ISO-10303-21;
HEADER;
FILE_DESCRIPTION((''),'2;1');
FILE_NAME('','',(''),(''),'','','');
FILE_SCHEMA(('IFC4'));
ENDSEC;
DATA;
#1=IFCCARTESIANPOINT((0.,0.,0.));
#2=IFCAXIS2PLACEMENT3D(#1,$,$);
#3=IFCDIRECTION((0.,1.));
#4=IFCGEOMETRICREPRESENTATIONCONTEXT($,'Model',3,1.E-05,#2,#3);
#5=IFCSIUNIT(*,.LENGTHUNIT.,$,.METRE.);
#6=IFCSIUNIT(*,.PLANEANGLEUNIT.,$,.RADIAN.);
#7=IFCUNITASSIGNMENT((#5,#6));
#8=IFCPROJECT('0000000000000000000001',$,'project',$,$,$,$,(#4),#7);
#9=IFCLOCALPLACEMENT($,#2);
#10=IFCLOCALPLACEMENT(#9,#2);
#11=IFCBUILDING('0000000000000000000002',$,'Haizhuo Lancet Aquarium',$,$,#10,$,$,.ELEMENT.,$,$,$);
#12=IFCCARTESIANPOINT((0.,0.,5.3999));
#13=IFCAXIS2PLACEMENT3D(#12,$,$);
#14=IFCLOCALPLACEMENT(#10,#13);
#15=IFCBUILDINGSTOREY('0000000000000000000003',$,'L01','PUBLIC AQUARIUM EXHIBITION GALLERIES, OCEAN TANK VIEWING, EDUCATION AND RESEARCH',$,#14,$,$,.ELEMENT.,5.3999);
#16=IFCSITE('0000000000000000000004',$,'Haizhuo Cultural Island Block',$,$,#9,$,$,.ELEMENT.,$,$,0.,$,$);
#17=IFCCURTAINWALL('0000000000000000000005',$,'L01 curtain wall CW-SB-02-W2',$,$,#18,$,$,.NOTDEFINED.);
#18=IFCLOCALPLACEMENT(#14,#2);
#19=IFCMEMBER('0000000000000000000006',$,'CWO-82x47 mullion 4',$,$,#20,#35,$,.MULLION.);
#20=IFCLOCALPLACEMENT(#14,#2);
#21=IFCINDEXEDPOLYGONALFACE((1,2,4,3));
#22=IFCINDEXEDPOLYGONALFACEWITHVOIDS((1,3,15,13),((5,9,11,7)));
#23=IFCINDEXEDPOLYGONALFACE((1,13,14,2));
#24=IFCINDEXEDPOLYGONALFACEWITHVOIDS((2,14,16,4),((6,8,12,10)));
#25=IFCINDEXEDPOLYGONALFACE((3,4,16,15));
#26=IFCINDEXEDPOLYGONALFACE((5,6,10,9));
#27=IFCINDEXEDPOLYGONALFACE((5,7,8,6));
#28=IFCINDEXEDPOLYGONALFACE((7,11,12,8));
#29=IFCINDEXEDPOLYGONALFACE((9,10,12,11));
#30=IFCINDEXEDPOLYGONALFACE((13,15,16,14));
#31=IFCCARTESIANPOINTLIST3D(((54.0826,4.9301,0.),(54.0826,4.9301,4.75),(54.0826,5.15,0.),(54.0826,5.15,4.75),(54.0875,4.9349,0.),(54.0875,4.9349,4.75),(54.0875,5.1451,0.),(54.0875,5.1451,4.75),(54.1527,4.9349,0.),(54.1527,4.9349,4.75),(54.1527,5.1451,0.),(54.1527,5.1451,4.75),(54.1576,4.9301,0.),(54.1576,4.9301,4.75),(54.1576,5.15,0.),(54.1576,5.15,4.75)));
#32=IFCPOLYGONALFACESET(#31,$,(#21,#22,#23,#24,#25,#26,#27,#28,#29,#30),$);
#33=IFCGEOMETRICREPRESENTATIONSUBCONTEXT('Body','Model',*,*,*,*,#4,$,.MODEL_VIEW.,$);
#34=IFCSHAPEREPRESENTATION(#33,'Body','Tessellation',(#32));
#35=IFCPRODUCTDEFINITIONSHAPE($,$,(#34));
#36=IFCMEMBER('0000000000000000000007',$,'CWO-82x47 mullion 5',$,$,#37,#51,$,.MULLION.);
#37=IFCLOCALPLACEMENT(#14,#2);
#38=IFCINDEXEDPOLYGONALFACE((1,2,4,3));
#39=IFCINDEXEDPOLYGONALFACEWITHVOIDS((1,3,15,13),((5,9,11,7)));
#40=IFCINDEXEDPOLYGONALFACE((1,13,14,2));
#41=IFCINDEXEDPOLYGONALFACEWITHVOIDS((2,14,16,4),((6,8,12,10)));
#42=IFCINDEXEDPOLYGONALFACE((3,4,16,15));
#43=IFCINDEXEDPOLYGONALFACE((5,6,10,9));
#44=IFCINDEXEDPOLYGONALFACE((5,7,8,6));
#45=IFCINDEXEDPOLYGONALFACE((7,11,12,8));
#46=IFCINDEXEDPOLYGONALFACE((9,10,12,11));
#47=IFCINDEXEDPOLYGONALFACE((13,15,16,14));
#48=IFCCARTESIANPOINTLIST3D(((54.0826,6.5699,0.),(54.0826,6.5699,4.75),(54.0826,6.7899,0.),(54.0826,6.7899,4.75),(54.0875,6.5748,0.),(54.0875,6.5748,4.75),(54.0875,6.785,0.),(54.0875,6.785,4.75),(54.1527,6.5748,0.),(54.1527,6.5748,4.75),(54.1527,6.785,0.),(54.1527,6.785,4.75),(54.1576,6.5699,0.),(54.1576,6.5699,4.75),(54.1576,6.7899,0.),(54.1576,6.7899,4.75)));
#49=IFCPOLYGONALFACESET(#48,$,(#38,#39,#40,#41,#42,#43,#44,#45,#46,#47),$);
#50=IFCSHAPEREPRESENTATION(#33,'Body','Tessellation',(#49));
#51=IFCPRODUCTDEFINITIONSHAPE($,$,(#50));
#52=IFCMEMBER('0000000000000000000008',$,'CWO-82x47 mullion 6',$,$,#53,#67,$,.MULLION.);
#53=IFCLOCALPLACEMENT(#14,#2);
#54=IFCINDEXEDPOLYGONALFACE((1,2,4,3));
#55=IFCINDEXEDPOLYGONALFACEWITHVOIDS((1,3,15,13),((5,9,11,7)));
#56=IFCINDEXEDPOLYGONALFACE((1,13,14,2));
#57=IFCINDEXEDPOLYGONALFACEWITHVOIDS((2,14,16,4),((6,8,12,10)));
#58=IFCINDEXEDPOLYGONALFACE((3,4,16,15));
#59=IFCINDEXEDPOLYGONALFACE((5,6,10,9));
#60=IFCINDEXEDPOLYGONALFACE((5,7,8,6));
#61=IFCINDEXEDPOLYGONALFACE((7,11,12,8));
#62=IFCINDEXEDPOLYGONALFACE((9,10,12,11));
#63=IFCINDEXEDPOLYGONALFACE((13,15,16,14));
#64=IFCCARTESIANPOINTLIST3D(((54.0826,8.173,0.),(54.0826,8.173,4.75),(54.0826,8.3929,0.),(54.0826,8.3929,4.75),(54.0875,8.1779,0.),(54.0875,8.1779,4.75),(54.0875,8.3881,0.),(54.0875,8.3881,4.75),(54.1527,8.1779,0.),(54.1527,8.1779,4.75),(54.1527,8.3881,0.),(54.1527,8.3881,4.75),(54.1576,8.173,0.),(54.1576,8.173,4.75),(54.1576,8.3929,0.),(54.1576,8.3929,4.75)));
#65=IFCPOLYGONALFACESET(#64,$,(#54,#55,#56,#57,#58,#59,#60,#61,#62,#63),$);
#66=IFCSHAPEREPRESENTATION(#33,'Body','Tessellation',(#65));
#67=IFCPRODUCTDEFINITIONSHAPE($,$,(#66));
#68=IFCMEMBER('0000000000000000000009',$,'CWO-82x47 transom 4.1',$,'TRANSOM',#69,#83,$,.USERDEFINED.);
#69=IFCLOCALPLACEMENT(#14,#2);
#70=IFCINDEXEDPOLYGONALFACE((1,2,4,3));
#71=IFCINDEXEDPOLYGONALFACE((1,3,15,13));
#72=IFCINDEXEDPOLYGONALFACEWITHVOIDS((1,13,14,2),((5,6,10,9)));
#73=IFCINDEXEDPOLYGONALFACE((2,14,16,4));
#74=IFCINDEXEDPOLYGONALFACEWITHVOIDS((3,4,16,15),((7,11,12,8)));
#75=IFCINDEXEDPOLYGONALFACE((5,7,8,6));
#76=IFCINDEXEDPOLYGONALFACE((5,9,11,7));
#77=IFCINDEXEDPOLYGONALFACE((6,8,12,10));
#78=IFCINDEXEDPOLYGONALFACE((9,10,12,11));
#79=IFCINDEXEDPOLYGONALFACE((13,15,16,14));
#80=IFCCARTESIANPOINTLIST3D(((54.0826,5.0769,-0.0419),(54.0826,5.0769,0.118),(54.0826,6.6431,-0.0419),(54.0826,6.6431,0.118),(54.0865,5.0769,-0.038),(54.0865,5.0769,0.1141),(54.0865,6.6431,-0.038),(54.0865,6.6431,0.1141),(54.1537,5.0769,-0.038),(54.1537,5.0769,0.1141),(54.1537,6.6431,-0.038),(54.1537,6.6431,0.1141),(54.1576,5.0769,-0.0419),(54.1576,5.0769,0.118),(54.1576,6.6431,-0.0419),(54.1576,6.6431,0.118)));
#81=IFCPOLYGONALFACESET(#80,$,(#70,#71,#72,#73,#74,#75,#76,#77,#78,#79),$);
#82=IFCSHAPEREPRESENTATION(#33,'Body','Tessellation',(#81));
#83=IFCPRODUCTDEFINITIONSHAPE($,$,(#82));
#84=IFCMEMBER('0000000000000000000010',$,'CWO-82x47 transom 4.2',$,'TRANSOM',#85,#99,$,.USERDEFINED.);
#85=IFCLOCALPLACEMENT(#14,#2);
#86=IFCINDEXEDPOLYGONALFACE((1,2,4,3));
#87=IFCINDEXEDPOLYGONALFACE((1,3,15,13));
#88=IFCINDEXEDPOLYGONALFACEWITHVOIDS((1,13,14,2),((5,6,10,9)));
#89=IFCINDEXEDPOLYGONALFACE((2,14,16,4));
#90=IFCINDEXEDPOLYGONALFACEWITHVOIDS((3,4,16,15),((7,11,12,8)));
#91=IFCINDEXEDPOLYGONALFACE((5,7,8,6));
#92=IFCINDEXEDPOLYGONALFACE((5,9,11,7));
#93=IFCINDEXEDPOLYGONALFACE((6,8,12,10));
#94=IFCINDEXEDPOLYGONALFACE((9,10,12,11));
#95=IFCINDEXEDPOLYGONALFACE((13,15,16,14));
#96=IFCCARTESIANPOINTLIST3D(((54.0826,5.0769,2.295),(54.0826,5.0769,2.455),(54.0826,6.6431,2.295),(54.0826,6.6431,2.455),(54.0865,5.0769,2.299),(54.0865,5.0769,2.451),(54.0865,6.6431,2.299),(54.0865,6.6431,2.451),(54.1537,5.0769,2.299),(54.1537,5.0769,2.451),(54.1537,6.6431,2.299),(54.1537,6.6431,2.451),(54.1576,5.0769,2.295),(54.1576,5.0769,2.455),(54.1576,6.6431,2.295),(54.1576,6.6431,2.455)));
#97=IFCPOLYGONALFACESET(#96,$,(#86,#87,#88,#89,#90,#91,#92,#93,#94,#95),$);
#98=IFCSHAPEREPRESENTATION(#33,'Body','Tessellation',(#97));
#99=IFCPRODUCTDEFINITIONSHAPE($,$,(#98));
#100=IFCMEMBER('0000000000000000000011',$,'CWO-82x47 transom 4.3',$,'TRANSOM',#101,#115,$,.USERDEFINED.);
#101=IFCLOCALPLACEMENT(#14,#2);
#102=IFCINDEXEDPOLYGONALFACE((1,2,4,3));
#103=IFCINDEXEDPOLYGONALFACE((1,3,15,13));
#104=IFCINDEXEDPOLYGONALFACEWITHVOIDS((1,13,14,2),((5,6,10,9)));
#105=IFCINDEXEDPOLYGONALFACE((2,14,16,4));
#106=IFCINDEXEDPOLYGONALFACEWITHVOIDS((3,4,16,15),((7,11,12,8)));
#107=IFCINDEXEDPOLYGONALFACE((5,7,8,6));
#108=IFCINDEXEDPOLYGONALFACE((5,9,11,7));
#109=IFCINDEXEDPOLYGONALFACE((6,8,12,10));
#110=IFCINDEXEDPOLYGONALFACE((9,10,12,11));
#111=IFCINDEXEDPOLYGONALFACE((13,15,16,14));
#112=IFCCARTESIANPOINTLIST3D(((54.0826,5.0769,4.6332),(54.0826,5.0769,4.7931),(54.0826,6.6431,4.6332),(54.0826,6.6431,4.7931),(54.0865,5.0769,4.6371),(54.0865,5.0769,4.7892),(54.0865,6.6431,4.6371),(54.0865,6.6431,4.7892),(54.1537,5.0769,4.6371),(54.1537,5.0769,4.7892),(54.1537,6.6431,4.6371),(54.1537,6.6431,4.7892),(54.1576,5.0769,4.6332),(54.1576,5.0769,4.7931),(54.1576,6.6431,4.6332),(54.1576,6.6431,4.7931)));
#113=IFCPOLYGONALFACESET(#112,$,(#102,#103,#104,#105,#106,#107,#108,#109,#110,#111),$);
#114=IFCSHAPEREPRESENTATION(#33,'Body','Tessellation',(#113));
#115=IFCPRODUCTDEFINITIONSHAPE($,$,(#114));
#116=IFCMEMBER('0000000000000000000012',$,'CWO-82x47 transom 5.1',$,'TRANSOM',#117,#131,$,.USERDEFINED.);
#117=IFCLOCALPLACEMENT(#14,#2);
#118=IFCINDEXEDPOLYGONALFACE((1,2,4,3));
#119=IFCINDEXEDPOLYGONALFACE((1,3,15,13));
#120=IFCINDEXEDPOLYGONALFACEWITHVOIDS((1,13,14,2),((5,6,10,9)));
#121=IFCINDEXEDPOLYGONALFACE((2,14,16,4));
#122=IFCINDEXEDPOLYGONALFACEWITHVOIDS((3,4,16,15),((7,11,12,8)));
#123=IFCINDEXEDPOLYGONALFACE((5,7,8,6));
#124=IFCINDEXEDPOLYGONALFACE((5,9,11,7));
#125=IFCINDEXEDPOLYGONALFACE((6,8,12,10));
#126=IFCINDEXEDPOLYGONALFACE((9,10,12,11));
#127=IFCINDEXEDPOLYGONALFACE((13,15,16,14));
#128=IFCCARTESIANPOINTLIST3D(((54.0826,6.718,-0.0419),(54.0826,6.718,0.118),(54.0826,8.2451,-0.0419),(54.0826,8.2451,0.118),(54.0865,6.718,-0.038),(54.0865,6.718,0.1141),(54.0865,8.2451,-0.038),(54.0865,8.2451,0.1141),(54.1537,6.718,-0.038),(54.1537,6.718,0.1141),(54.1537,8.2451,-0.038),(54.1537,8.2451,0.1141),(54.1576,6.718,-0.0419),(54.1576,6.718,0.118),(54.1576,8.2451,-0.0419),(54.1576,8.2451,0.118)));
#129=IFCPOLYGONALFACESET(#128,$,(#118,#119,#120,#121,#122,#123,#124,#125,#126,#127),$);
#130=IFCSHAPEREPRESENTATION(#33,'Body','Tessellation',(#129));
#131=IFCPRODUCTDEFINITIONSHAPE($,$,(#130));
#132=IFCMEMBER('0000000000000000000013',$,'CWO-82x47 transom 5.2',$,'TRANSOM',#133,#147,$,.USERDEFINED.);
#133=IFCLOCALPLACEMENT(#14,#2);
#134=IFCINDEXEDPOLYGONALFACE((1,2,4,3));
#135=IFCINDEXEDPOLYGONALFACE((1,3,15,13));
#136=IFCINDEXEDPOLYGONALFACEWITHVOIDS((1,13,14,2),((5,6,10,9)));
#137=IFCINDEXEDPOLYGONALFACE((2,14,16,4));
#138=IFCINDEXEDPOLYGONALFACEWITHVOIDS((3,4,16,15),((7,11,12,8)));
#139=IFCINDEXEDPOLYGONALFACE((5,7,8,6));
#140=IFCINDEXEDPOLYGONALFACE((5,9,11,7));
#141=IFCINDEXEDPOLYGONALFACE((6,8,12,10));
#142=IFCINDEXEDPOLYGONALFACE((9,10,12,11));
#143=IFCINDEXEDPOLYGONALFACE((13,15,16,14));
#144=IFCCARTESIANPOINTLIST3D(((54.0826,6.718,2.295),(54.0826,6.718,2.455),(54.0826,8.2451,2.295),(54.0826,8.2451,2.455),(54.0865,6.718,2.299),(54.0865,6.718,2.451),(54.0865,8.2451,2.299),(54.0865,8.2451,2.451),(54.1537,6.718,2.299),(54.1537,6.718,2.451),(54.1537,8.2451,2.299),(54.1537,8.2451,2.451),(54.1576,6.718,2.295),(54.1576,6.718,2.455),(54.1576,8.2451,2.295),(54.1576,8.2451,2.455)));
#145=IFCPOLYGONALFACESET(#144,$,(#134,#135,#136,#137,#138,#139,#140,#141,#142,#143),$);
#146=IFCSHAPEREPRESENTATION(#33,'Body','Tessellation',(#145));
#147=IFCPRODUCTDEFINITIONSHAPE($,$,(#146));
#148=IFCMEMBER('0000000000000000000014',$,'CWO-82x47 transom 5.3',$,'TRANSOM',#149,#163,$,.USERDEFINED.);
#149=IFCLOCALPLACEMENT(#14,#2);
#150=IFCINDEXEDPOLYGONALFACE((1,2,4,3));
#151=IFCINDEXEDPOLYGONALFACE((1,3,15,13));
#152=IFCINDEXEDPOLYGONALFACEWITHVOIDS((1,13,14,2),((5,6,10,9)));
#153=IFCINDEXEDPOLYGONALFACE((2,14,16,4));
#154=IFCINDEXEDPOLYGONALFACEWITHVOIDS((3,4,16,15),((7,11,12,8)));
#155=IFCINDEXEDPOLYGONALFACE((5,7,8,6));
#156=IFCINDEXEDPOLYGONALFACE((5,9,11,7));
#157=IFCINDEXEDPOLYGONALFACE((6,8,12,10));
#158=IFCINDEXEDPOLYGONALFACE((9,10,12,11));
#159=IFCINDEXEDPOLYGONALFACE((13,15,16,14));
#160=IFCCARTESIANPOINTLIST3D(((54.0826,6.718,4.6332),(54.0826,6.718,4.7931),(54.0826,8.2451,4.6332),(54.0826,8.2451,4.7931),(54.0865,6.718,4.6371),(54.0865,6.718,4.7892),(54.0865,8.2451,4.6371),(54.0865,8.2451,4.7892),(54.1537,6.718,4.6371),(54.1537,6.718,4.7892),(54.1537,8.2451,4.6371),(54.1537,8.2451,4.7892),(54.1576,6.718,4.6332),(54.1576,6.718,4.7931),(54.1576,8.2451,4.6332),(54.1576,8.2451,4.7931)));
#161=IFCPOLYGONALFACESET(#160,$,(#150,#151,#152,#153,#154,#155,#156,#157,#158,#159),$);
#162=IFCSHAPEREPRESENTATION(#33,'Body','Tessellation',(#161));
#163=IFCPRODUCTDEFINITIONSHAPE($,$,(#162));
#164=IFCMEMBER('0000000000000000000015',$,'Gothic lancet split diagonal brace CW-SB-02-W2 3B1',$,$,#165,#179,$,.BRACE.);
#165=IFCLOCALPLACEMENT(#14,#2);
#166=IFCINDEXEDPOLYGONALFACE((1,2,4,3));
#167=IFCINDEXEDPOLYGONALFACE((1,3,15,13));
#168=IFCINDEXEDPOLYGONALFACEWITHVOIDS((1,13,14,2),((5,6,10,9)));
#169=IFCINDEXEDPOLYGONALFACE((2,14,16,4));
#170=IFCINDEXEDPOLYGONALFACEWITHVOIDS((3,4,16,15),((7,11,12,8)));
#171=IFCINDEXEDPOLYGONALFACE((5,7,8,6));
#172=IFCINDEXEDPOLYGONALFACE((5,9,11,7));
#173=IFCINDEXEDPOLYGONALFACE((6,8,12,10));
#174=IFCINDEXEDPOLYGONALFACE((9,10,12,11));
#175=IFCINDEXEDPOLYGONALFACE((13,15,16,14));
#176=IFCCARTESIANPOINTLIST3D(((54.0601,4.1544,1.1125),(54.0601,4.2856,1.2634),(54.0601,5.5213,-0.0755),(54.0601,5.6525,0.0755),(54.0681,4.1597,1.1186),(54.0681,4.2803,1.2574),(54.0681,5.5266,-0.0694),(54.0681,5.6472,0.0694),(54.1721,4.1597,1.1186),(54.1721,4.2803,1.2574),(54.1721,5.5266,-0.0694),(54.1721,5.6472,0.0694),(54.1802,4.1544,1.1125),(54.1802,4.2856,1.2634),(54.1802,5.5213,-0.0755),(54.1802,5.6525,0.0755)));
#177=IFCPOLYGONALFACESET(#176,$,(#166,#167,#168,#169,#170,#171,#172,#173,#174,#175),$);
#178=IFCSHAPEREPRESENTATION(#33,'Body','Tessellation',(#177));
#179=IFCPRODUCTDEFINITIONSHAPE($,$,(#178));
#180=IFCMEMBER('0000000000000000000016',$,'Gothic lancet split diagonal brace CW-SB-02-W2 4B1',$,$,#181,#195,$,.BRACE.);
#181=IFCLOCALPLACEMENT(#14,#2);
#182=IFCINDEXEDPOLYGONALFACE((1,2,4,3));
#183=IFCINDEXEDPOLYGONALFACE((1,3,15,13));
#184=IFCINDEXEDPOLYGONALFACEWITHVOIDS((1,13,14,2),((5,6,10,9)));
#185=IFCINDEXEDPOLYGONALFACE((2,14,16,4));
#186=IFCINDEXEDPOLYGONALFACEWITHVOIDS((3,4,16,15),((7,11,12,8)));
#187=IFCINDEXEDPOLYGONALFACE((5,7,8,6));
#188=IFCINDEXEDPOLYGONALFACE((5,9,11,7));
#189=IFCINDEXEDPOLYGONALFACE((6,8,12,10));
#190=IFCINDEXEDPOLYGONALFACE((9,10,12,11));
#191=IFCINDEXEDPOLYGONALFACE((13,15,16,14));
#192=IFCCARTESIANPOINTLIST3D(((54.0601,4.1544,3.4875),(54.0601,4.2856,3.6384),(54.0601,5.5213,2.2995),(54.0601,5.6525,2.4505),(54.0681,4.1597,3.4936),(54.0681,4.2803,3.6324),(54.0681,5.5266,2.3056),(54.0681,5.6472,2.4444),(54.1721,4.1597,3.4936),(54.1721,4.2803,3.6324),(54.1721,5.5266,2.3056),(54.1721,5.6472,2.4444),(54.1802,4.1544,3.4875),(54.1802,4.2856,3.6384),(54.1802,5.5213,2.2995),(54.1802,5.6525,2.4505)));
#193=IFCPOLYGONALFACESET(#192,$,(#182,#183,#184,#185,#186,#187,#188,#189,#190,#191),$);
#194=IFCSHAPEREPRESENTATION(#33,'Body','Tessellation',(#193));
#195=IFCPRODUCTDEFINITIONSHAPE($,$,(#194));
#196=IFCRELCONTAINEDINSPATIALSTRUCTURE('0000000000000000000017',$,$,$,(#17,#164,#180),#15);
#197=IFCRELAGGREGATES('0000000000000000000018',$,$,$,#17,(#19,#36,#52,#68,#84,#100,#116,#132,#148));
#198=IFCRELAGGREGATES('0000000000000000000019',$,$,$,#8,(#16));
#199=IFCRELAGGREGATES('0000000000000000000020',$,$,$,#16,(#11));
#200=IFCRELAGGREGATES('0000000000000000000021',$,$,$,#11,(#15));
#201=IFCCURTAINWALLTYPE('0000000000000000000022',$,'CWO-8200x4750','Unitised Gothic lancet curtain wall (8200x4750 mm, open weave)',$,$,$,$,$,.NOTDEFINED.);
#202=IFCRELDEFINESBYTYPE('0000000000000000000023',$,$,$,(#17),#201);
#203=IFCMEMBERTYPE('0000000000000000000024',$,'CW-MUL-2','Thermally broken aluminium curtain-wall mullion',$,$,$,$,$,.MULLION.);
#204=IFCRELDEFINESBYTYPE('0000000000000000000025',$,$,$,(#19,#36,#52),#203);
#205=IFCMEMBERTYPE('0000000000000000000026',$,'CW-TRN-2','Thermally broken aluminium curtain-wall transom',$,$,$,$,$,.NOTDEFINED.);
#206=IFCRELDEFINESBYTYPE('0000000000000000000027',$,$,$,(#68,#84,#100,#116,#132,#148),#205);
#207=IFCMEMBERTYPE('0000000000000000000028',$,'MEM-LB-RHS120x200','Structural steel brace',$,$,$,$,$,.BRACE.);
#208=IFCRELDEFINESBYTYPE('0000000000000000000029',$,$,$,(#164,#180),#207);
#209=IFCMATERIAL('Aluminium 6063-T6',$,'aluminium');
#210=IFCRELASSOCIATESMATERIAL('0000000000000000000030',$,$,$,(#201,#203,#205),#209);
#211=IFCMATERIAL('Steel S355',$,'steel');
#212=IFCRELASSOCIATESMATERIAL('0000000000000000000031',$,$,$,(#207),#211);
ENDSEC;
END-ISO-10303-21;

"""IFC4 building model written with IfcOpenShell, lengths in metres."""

from ifc_helpers import new_model, si_unit, direction, frame, origin, origin_2d, place, context, subcontext, project, spatial, hollow_rectangle, extrude, material, material_profile, profile_set, type_object, element, aggregate, save


model = new_model("IFC4")

# Units and contexts
model_context = context("Model", 3, precision=1e-05, world=origin(), true_north=direction((0.0, 1.0)))
body_context = subcontext(model_context, "Body", "Model", "MODEL_VIEW")
ifc_project = project(units=[si_unit("LENGTHUNIT", "METRE"), si_unit("PLANEANGLEUNIT", "RADIAN")], contexts=[model_context])

# Site, building, storey
site_placement = place(None, origin())
site = spatial("IfcSite", under=ifc_project, at=site_placement, Name="Haizhuo Cultural Island Block", CompositionType="ELEMENT", RefElevation=0.0)
building_placement = place(site_placement, origin())
building = spatial("IfcBuilding", under=site, at=building_placement, Name="Haizhuo Lancet Aquarium", CompositionType="ELEMENT")
storey_placement = place(building_placement, frame((0.0, 0.0, 5.3999)))
storey = spatial("IfcBuildingStorey", under=building, at=storey_placement, Name="L01", Description="PUBLIC AQUARIUM EXHIBITION GALLERIES, OCEAN TANK VIEWING, EDUCATION AND RESEARCH", CompositionType="ELEMENT", Elevation=5.3999)

# Curtain wall, members
ifc_material_1 = material(Name="Aluminium 6063-T6", Category="aluminium")
curtain_wall_type = type_object("IfcCurtainWallType", Name="CWO-8200x4750", Description="Unitised Gothic lancet curtain wall (8200x4750 mm, open weave)", PredefinedType="NOTDEFINED", material=ifc_material_1)
curtain_wall_placement = place(storey_placement, origin())
curtain_wall = element("IfcCurtainWall", 1, at=curtain_wall_placement, inside=storey, type_object=curtain_wall_type, Name="L01 curtain wall CW-SB-02-W2", PredefinedType="NOTDEFINED")
ifc_material_profile_1 = material_profile(ifc_material_1, hollow_rectangle(XDim=0.075, YDim=0.22, WallThickness=0.0049, at=origin_2d()), Name="ALU-M 75x220x5")
ifc_profile_set_1 = profile_set([ifc_material_profile_1], Name="Aluminium 6063-T6")
member_type_1 = type_object("IfcMemberType", Name="CW-MUL-2", Description="Thermally broken aluminium curtain-wall mullion", PredefinedType="MULLION", material=ifc_profile_set_1)
member_1_placement = place(storey_placement, frame((54.1201, 5.04, 0.0), z_axis=(0.0, 0.0, 1.0), x_axis=(-1.0, 0.0, 0.0)))
member_1 = element("IfcMember", 2, at=member_1_placement, type_object=member_type_1, Name="CWO-82x47 mullion 4", PredefinedType="MULLION", context=body_context, shape_type="SweptSolid", body=[
    extrude(hollow_rectangle(XDim=0.075, YDim=0.22, WallThickness=0.0049, at=origin_2d()), origin(), (0.0, 0.0, 1.0), 4.75),
])
member_2_placement = place(storey_placement, frame((54.1201, 6.6799, 0.0), z_axis=(0.0, 0.0, 1.0), x_axis=(-1.0, 0.0, 0.0)))
member_2 = element("IfcMember", 3, at=member_2_placement, type_object=member_type_1, Name="CWO-82x47 mullion 5", PredefinedType="MULLION", context=body_context, shape_type="SweptSolid", body=[
    extrude(hollow_rectangle(XDim=0.075, YDim=0.22, WallThickness=0.0049, at=origin_2d()), origin(), (0.0, 0.0, 1.0), 4.75),
])
member_3_placement = place(storey_placement, frame((54.1201, 8.283, 0.0), z_axis=(0.0, 0.0, 1.0), x_axis=(-1.0, 0.0, 0.0)))
member_3 = element("IfcMember", 4, at=member_3_placement, type_object=member_type_1, Name="CWO-82x47 mullion 6", PredefinedType="MULLION", context=body_context, shape_type="SweptSolid", body=[
    extrude(hollow_rectangle(XDim=0.075, YDim=0.22, WallThickness=0.0049, at=origin_2d()), origin(), (0.0, 0.0, 1.0), 4.75),
])
ifc_material_profile_2 = material_profile(ifc_material_1, hollow_rectangle(XDim=0.075, YDim=0.1599, WallThickness=0.0039, at=origin_2d()), Name="ALU-T 75x160x4")
ifc_profile_set_2 = profile_set([ifc_material_profile_2], Name="Aluminium 6063-T6")
member_type_2 = type_object("IfcMemberType", Name="CW-TRN-2", Description="Thermally broken aluminium curtain-wall transom", PredefinedType="NOTDEFINED", material=ifc_profile_set_2)
member_4_placement = place(storey_placement, frame((54.1201, 5.0769, 0.0381), z_axis=(0.0, 1.0, 0.0), x_axis=(-1.0, 0.0, 0.0)))
member_4 = element("IfcMember", 5, at=member_4_placement, type_object=member_type_2, Name="CWO-82x47 transom 4.1", ObjectType="TRANSOM", PredefinedType="USERDEFINED", context=body_context, shape_type="SweptSolid", body=[
    extrude(hollow_rectangle(XDim=0.075, YDim=0.1599, WallThickness=0.0039, at=origin_2d()), origin(), (0.0, 0.0, 1.0), 1.5662),
])
member_5_placement = place(storey_placement, frame((54.1201, 5.0769, 2.375), z_axis=(0.0, 1.0, 0.0), x_axis=(-1.0, 0.0, 0.0)))
member_5 = element("IfcMember", 6, at=member_5_placement, type_object=member_type_2, Name="CWO-82x47 transom 4.2", ObjectType="TRANSOM", PredefinedType="USERDEFINED", context=body_context, shape_type="SweptSolid", body=[
    extrude(hollow_rectangle(XDim=0.075, YDim=0.1599, WallThickness=0.0039, at=origin_2d()), origin(), (0.0, 0.0, 1.0), 1.5662),
])
member_6_placement = place(storey_placement, frame((54.1201, 5.0769, 4.7131), z_axis=(0.0, 1.0, 0.0), x_axis=(-1.0, 0.0, 0.0)))
member_6 = element("IfcMember", 7, at=member_6_placement, type_object=member_type_2, Name="CWO-82x47 transom 4.3", ObjectType="TRANSOM", PredefinedType="USERDEFINED", context=body_context, shape_type="SweptSolid", body=[
    extrude(hollow_rectangle(XDim=0.075, YDim=0.1599, WallThickness=0.0039, at=origin_2d()), origin(), (0.0, 0.0, 1.0), 1.5662),
])
member_7_placement = place(storey_placement, frame((54.1201, 6.718, 0.0381), z_axis=(0.0, 1.0, 0.0), x_axis=(-1.0, 0.0, 0.0)))
member_7 = element("IfcMember", 8, at=member_7_placement, type_object=member_type_2, Name="CWO-82x47 transom 5.1", ObjectType="TRANSOM", PredefinedType="USERDEFINED", context=body_context, shape_type="SweptSolid", body=[
    extrude(hollow_rectangle(XDim=0.075, YDim=0.1599, WallThickness=0.0039, at=origin_2d()), origin(), (0.0, 0.0, 1.0), 1.5271),
])
member_8_placement = place(storey_placement, frame((54.1201, 6.718, 2.375), z_axis=(0.0, 1.0, 0.0), x_axis=(-1.0, 0.0, 0.0)))
member_8 = element("IfcMember", 9, at=member_8_placement, type_object=member_type_2, Name="CWO-82x47 transom 5.2", ObjectType="TRANSOM", PredefinedType="USERDEFINED", context=body_context, shape_type="SweptSolid", body=[
    extrude(hollow_rectangle(XDim=0.075, YDim=0.1599, WallThickness=0.0039, at=origin_2d()), origin(), (0.0, 0.0, 1.0), 1.5271),
])
member_9_placement = place(storey_placement, frame((54.1201, 6.718, 4.7131), z_axis=(0.0, 1.0, 0.0), x_axis=(-1.0, 0.0, 0.0)))
member_9 = element("IfcMember", 10, at=member_9_placement, type_object=member_type_2, Name="CWO-82x47 transom 5.3", ObjectType="TRANSOM", PredefinedType="USERDEFINED", context=body_context, shape_type="SweptSolid", body=[
    extrude(hollow_rectangle(XDim=0.075, YDim=0.1599, WallThickness=0.0039, at=origin_2d()), origin(), (0.0, 0.0, 1.0), 1.5271),
])

# Members
ifc_material_2 = material(Name="Steel S355", Category="steel")
ifc_material_profile_3 = material_profile(ifc_material_2, hollow_rectangle(XDim=0.1201, YDim=0.2, WallThickness=0.0081, at=origin_2d()), Name="RHS 120x200x8")
ifc_profile_set_3 = profile_set([ifc_material_profile_3], Name="Steel S355")
member_type_3 = type_object("IfcMemberType", Name="MEM-LB-RHS120x200", Description="Structural steel brace", PredefinedType="BRACE", material=ifc_profile_set_3)
for number, where, z_axis, x_axis, name in (
    (11, (54.1201, 5.5869, 0.0), (0.0, -0.754785, 0.655972), (1.0, 0.0, 0.0), "Gothic lancet split diagonal brace CW-SB-02-W2 3B1"),
    (12, (54.1201, 5.5869, 2.375), (0.0, -0.754785, 0.655972), (1.0, 0.0, 0.0), "Gothic lancet split diagonal brace CW-SB-02-W2 4B1"),
):
    element("IfcMember", number, at=place(storey_placement, frame(where, z_axis=z_axis, x_axis=x_axis)), inside=storey, type_object=member_type_3, Name=name, PredefinedType="BRACE", context=body_context, shape_type="SweptSolid", body=[
        extrude(hollow_rectangle(XDim=0.1201, YDim=0.2, WallThickness=0.0081, at=origin_2d()), origin(), (0.0, 0.0, 1.0), 1.811),
    ])

aggregate(curtain_wall, [member_1, member_2, member_3, member_4, member_5, member_6, member_7, member_8, member_9])

save(model, "model.ifc")
